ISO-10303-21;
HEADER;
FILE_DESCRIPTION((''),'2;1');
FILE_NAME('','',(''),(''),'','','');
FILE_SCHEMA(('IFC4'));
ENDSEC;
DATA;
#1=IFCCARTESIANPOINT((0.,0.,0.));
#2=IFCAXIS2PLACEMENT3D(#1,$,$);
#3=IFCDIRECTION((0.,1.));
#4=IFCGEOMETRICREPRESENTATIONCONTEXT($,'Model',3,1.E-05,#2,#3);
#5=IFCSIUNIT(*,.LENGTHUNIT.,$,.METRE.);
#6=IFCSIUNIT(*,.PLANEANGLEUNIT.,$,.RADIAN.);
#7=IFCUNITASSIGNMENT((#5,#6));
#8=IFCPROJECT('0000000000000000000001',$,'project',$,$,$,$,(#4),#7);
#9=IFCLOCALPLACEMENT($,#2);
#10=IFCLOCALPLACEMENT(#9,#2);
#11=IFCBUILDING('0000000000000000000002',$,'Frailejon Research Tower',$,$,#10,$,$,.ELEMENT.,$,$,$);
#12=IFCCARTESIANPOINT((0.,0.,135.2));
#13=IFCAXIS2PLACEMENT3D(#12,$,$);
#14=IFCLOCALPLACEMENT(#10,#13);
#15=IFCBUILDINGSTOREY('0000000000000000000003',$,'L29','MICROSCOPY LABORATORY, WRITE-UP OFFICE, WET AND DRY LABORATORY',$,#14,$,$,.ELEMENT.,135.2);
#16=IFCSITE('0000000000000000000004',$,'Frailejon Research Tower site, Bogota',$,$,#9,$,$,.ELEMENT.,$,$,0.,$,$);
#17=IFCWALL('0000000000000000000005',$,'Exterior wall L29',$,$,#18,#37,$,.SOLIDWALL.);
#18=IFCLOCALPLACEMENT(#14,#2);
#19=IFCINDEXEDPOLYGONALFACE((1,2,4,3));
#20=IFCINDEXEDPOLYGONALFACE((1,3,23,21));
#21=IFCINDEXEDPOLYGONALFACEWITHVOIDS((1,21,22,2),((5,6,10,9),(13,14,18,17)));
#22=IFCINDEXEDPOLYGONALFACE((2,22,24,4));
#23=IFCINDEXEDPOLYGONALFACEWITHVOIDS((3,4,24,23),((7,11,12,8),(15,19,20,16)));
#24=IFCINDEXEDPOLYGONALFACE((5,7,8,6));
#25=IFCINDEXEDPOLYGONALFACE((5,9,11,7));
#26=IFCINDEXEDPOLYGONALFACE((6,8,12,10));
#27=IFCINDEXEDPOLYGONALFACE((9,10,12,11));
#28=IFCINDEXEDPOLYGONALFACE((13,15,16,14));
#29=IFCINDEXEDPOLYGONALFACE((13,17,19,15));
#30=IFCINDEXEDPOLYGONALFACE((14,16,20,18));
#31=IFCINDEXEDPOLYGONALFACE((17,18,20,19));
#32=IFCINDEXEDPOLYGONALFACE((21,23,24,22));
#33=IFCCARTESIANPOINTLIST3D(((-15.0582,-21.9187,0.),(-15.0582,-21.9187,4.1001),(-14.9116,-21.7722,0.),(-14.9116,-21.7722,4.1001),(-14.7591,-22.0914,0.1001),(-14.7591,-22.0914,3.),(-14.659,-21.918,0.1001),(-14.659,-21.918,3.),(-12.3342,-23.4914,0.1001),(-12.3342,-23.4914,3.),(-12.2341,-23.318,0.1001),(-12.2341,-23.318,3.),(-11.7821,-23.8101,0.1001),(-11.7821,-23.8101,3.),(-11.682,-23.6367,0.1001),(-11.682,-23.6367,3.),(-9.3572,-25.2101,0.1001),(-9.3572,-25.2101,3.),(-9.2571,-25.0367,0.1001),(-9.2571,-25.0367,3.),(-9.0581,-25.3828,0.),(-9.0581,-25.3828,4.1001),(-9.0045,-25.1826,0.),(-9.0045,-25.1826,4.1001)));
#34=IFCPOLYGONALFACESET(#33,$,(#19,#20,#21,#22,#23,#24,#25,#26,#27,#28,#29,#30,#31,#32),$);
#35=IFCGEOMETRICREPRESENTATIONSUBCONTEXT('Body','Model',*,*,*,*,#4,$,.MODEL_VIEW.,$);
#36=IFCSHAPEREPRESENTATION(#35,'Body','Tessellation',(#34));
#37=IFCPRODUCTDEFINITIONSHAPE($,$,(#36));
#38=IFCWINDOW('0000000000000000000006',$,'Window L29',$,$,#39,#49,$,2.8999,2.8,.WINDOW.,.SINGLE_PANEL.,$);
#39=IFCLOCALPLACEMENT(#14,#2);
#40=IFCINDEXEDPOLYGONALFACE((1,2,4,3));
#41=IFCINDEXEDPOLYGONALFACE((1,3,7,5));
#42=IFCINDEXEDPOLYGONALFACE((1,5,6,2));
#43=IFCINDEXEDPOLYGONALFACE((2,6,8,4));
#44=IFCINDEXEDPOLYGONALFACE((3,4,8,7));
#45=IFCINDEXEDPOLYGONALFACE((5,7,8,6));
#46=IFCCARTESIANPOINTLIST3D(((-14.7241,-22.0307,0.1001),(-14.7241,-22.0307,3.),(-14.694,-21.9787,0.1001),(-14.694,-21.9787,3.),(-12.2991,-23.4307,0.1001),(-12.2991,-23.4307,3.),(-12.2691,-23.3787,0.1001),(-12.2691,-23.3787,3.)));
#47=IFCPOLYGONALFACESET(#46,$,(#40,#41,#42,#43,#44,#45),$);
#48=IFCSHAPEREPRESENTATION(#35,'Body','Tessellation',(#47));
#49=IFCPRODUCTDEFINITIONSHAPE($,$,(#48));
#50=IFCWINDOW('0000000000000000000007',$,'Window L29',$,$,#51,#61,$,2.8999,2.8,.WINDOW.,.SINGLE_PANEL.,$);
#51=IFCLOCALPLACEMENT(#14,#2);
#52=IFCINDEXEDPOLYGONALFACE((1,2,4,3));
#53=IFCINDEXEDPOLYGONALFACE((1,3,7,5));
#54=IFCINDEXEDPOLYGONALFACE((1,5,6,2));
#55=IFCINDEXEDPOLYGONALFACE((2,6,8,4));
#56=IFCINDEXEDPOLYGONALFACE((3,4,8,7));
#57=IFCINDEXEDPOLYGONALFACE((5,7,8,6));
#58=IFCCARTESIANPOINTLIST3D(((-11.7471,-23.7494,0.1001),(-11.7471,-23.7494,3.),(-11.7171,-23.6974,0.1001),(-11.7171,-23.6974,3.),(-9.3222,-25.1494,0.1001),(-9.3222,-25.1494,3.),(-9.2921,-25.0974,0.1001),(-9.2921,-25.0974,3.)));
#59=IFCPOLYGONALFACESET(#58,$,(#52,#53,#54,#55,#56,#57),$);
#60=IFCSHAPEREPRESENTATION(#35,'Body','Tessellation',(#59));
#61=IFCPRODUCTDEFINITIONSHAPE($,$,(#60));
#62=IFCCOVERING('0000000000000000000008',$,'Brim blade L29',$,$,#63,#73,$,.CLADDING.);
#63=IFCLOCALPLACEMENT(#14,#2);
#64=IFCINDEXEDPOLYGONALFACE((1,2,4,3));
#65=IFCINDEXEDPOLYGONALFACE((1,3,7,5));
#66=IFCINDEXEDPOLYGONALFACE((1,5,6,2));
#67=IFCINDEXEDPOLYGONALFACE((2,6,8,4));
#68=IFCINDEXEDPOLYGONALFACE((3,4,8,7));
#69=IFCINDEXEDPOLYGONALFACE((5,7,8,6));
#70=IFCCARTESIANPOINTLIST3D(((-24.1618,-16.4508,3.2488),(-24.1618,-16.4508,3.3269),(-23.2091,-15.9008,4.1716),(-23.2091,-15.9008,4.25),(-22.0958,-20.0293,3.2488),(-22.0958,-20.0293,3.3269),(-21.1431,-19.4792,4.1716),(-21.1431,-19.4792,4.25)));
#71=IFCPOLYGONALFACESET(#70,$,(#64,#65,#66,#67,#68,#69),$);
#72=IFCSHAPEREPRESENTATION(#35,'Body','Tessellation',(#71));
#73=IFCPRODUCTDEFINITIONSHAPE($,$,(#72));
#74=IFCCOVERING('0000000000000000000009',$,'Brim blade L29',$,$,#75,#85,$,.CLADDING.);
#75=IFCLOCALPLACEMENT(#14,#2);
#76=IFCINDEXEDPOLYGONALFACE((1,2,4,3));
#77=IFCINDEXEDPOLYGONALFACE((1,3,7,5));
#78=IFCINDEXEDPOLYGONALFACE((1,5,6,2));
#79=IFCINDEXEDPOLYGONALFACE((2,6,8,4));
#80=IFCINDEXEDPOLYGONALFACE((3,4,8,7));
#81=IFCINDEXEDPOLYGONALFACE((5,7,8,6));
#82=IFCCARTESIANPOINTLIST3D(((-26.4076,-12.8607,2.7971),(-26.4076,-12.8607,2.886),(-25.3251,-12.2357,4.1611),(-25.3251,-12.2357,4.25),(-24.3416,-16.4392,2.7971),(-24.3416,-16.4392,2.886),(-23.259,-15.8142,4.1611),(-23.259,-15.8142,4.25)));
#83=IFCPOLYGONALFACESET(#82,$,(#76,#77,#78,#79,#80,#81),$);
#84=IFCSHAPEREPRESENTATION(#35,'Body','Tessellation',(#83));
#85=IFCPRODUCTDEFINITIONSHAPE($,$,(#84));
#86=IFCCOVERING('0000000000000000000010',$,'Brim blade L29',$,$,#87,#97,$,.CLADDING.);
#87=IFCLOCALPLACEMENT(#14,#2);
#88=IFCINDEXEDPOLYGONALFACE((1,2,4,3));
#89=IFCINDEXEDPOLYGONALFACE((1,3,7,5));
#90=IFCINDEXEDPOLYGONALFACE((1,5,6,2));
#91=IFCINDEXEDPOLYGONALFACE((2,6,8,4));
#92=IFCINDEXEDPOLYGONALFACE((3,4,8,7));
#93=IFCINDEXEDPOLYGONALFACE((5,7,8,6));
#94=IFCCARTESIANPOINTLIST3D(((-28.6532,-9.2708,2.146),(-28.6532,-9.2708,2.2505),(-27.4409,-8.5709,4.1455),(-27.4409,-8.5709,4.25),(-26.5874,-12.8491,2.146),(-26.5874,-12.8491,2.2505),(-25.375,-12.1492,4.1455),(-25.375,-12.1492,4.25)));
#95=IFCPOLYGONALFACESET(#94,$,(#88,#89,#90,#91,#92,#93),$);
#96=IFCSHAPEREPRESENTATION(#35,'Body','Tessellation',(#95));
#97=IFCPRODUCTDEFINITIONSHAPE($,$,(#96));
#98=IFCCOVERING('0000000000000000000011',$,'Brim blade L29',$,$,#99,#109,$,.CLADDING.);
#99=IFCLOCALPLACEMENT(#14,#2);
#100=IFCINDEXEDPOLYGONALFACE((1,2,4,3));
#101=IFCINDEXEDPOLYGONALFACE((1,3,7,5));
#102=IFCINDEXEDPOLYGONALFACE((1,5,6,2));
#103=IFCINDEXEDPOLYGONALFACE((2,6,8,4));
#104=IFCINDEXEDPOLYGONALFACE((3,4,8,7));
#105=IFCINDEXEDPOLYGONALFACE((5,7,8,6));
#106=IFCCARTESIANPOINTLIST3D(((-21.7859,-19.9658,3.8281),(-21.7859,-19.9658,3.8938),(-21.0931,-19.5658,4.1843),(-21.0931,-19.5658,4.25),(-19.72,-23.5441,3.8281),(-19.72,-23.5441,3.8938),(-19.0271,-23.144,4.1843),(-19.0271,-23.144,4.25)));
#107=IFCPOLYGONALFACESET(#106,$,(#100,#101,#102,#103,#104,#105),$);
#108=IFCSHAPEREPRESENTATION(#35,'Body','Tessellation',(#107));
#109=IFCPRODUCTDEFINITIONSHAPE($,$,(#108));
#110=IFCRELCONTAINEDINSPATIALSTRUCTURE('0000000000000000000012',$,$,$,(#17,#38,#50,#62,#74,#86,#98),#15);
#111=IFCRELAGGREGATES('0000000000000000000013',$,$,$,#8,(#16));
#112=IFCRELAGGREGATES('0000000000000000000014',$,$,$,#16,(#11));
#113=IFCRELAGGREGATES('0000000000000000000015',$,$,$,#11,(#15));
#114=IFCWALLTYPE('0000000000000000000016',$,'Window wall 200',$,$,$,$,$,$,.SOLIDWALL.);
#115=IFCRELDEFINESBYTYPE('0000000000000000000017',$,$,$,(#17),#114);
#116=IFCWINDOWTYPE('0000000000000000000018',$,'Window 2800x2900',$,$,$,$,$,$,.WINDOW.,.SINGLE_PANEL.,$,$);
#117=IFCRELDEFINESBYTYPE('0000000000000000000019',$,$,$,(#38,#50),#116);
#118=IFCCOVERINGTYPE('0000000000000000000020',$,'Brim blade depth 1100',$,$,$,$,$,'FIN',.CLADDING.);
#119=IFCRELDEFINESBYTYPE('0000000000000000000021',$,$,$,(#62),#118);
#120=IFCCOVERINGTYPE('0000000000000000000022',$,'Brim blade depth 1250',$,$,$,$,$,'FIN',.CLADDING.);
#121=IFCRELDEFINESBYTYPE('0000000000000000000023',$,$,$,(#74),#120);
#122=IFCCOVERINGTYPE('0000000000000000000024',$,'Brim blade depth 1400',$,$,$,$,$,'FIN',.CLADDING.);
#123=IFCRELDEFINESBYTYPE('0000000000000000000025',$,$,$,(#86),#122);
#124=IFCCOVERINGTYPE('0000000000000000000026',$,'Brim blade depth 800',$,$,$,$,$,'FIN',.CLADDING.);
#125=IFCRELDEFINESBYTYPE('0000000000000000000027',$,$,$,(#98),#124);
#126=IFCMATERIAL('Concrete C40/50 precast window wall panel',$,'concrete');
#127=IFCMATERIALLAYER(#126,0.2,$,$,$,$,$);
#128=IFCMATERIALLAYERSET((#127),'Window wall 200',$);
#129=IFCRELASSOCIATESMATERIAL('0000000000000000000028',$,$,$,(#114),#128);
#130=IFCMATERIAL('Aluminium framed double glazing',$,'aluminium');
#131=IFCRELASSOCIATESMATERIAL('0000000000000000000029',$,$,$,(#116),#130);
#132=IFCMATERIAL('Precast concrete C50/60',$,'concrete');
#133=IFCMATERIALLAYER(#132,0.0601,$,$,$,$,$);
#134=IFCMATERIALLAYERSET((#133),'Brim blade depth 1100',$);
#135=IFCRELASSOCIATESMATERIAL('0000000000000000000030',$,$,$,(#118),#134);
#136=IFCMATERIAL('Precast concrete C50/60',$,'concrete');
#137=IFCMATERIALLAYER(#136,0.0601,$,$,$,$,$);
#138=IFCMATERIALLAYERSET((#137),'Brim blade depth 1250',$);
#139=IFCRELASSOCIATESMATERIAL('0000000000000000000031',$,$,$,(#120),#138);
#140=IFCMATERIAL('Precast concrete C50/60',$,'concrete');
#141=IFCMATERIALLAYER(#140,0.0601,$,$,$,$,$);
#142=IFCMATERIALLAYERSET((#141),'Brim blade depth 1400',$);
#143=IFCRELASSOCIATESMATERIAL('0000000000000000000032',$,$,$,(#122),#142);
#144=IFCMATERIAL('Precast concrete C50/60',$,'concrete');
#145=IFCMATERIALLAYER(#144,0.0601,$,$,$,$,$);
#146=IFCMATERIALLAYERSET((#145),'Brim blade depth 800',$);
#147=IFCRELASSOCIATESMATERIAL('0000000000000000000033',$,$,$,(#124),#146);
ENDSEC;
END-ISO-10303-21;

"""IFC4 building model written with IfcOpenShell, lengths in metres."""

from ifc_helpers import new_model, si_unit, direction, frame, frame_2d, origin, place, context, subcontext, project, spatial, polyline, rectangle, outline, extrude, material, layer, layer_set, type_object, element, fill, save


model = new_model("IFC4")

# Units and contexts
model_context = context("Model", 3, precision=1e-05, world=origin(), true_north=direction((0.0, 1.0)))
body_context = subcontext(model_context, "Body", "Model", "MODEL_VIEW")
ifc_project = project(units=[si_unit("LENGTHUNIT", "METRE"), si_unit("PLANEANGLEUNIT", "RADIAN")], contexts=[model_context])

# Site, building, storey
site_placement = place(None, origin())
site = spatial("IfcSite", under=ifc_project, at=site_placement, Name="Frailejon Research Tower site, Bogota", CompositionType="ELEMENT", RefElevation=0.0)
building_placement = place(site_placement, origin())
building = spatial("IfcBuilding", under=site, at=building_placement, Name="Frailejon Research Tower", CompositionType="ELEMENT")
storey_placement = place(building_placement, frame((0.0, 0.0, 135.2)))
storey = spatial("IfcBuildingStorey", under=building, at=storey_placement, Name="L29", Description="MICROSCOPY LABORATORY, WRITE-UP OFFICE, WET AND DRY LABORATORY", CompositionType="ELEMENT", Elevation=135.2)

# Wall, openings, windows
ifc_material_1 = material(Name="Concrete C40/50 precast window wall panel", Category="concrete")
ifc_layer_1 = layer(ifc_material_1, 0.2)
ifc_layer_set_1 = layer_set([ifc_layer_1], Name="Window wall 200")
wall_type = type_object("IfcWallType", Name="Window wall 200", PredefinedType="SOLIDWALL", material=ifc_layer_set_1)
wall_placement = place(storey_placement, frame((-14.9849, -21.8455, 0.0), z_axis=(0.0, 0.0, 1.0), x_axis=(0.866029, -0.499993, 0.0)))
wall = element("IfcWall", 1, at=wall_placement, inside=storey, type_object=wall_type, Name="Exterior wall L29", PredefinedType="SOLIDWALL", context=body_context, shape_type="SweptSolid", body=[
    extrude(outline(polyline([(-0.0269, -0.1001), (1.1279, -0.1001), (2.2825, -0.1001), (3.4373, -0.1001), (4.592, -0.1001), (5.7466, -0.1001), (6.9014, -0.1001), (6.8477, 0.1001), (5.7109, 0.1001), (4.574, 0.1001), (3.4373, 0.1001), (2.3005, 0.1001), (1.1636, 0.1001), (0.0269, 0.1001), (-0.0269, -0.1001)])), origin(), (0.0, 0.0, 1.0), 4.1001),
])
opening_1_placement = place(wall_placement, frame((0.3186, 0.0, 0.1001)))
opening_1 = element("IfcOpeningElement", 2, at=opening_1_placement, cuts=wall, PredefinedType="OPENING", context=body_context, shape_type="SweptSolid", body=[
    extrude(rectangle(XDim=2.8, YDim=2.8999, at=frame_2d((1.3999, 1.45))), frame((0.0, 0.1099, 0.0), z_axis=(0.0, -1.0, 0.0), x_axis=(1.0, 0.0, 0.0)), (0.0, 0.0, 1.0), 0.22),
])
opening_2_placement = place(wall_placement, frame((3.7561, 0.0, 0.1001)))
opening_2 = element("IfcOpeningElement", 3, at=opening_2_placement, cuts=wall, PredefinedType="OPENING", context=body_context, shape_type="SweptSolid", body=[
    extrude(rectangle(XDim=2.8, YDim=2.8999, at=frame_2d((1.3999, 1.45))), frame((0.0, 0.1099, 0.0), z_axis=(0.0, -1.0, 0.0), x_axis=(1.0, 0.0, 0.0)), (0.0, 0.0, 1.0), 0.22),
])
ifc_material_2 = material(Name="Aluminium framed double glazing", Category="aluminium")
window_type = type_object("IfcWindowType", Name="Window 2800x2900", PartitioningType="SINGLE_PANEL", PredefinedType="WINDOW", material=ifc_material_2)
window_1_placement = place(opening_1_placement, origin())
window_1 = element("IfcWindow", 4, at=window_1_placement, inside=storey, type_object=window_type, Name="Window L29", OverallHeight=2.8999, OverallWidth=2.8, PartitioningType="SINGLE_PANEL", PredefinedType="WINDOW", context=body_context, shape_type="SweptSolid", body=[
    extrude(rectangle(XDim=2.8, YDim=2.8999, at=frame_2d((1.3999, 1.45))), frame((0.0, 0.03, 0.0), z_axis=(0.0, -1.0, 0.0), x_axis=(1.0, 0.0, 0.0)), (0.0, 0.0, 1.0), 0.0601),
])
fill(opening_1, window_1)
window_2_placement = place(opening_2_placement, origin())
window_2 = element("IfcWindow", 5, at=window_2_placement, inside=storey, type_object=window_type, Name="Window L29", OverallHeight=2.8999, OverallWidth=2.8, PartitioningType="SINGLE_PANEL", PredefinedType="WINDOW", context=body_context, shape_type="SweptSolid", body=[
    extrude(rectangle(XDim=2.8, YDim=2.8999, at=frame_2d((1.3999, 1.45))), frame((0.0, 0.03, 0.0), z_axis=(0.0, -1.0, 0.0), x_axis=(1.0, 0.0, 0.0)), (0.0, 0.0, 1.0), 0.0601),
])
fill(opening_2, window_2)

# Coverings
ifc_material_3 = material(Name="Precast concrete C50/60", Category="concrete")
ifc_layer_2 = layer(ifc_material_3, 0.0601)
ifc_layer_set_2 = layer_set([ifc_layer_2], Name="Brim blade depth 1100")
covering_type_1 = type_object("IfcCoveringType", Name="Brim blade depth 1100", ElementType="FIN", PredefinedType="CLADDING", material=ifc_layer_set_2)
covering_1_placement = place(storey_placement, frame((-21.1431, -19.4792, 4.25), z_axis=(-0.500002, 0.866024, 0.0), x_axis=(-0.866024, -0.500002, 0.0)))
element("IfcCovering", 6, at=covering_1_placement, inside=storey, type_object=covering_type_1, Name="Brim blade L29", PredefinedType="CLADDING", context=body_context, shape_type="SweptSolid", body=[
    extrude(outline(polyline([(0.0, -0.0784), (1.1001, -1.0012), (1.1001, -0.9231), (0.0, 0.0), (0.0, -0.0784)])), origin(), (0.0, 0.0, 1.0), 4.1321),
])
ifc_material_4 = material(Name="Precast concrete C50/60", Category="concrete")
ifc_layer_3 = layer(ifc_material_4, 0.0601)
ifc_layer_set_3 = layer_set([ifc_layer_3], Name="Brim blade depth 1250")
covering_type_2 = type_object("IfcCoveringType", Name="Brim blade depth 1250", ElementType="FIN", PredefinedType="CLADDING", material=ifc_layer_set_3)
covering_2_placement = place(storey_placement, frame((-23.259, -15.8142, 4.25), z_axis=(-0.500002, 0.866024, 0.0), x_axis=(-0.866024, -0.500002, 0.0)))
element("IfcCovering", 7, at=covering_2_placement, inside=storey, type_object=covering_type_2, Name="Brim blade L29", PredefinedType="CLADDING", context=body_context, shape_type="SweptSolid", body=[
    extrude(outline(polyline([(0.0, -0.0889), (1.25, -1.4529), (1.25, -1.364), (0.0, 0.0), (0.0, -0.0889)])), origin(), (0.0, 0.0, 1.0), 4.1321),
])
ifc_material_5 = material(Name="Precast concrete C50/60", Category="concrete")
ifc_layer_4 = layer(ifc_material_5, 0.0601)
ifc_layer_set_4 = layer_set([ifc_layer_4], Name="Brim blade depth 1400")
covering_type_3 = type_object("IfcCoveringType", Name="Brim blade depth 1400", ElementType="FIN", PredefinedType="CLADDING", material=ifc_layer_set_4)
covering_3_placement = place(storey_placement, frame((-25.375, -12.1492, 4.25), z_axis=(-0.499984, 0.866034, 0.0), x_axis=(-0.866034, -0.499984, 0.0)))
element("IfcCovering", 8, at=covering_3_placement, inside=storey, type_object=covering_type_3, Name="Brim blade L29", PredefinedType="CLADDING", context=body_context, shape_type="SweptSolid", body=[
    extrude(outline(polyline([(0.0, -0.1045), (1.3999, -2.104), (1.3999, -1.9995), (0.0, 0.0), (0.0, -0.1045)])), origin(), (0.0, 0.0, 1.0), 4.1318),
])
ifc_material_6 = material(Name="Precast concrete C50/60", Category="concrete")
ifc_layer_5 = layer(ifc_material_6, 0.0601)
ifc_layer_set_5 = layer_set([ifc_layer_5], Name="Brim blade depth 800")
covering_type_4 = type_object("IfcCoveringType", Name="Brim blade depth 800", ElementType="FIN", PredefinedType="CLADDING", material=ifc_layer_set_5)
covering_4_placement = place(storey_placement, frame((-19.0271, -23.144, 4.25), z_axis=(-0.500012, 0.866018, 0.0), x_axis=(-0.866018, -0.500012, 0.0)))
element("IfcCovering", 9, at=covering_4_placement, inside=storey, type_object=covering_type_4, Name="Brim blade L29", PredefinedType="CLADDING", context=body_context, shape_type="SweptSolid", body=[
    extrude(outline(polyline([(0.0, -0.0657), (0.8, -0.4219), (0.8, -0.3562), (0.0, 0.0), (0.0, -0.0657)])), origin(), (0.0, 0.0, 1.0), 4.1318),
])

save(model, "model.ifc")
